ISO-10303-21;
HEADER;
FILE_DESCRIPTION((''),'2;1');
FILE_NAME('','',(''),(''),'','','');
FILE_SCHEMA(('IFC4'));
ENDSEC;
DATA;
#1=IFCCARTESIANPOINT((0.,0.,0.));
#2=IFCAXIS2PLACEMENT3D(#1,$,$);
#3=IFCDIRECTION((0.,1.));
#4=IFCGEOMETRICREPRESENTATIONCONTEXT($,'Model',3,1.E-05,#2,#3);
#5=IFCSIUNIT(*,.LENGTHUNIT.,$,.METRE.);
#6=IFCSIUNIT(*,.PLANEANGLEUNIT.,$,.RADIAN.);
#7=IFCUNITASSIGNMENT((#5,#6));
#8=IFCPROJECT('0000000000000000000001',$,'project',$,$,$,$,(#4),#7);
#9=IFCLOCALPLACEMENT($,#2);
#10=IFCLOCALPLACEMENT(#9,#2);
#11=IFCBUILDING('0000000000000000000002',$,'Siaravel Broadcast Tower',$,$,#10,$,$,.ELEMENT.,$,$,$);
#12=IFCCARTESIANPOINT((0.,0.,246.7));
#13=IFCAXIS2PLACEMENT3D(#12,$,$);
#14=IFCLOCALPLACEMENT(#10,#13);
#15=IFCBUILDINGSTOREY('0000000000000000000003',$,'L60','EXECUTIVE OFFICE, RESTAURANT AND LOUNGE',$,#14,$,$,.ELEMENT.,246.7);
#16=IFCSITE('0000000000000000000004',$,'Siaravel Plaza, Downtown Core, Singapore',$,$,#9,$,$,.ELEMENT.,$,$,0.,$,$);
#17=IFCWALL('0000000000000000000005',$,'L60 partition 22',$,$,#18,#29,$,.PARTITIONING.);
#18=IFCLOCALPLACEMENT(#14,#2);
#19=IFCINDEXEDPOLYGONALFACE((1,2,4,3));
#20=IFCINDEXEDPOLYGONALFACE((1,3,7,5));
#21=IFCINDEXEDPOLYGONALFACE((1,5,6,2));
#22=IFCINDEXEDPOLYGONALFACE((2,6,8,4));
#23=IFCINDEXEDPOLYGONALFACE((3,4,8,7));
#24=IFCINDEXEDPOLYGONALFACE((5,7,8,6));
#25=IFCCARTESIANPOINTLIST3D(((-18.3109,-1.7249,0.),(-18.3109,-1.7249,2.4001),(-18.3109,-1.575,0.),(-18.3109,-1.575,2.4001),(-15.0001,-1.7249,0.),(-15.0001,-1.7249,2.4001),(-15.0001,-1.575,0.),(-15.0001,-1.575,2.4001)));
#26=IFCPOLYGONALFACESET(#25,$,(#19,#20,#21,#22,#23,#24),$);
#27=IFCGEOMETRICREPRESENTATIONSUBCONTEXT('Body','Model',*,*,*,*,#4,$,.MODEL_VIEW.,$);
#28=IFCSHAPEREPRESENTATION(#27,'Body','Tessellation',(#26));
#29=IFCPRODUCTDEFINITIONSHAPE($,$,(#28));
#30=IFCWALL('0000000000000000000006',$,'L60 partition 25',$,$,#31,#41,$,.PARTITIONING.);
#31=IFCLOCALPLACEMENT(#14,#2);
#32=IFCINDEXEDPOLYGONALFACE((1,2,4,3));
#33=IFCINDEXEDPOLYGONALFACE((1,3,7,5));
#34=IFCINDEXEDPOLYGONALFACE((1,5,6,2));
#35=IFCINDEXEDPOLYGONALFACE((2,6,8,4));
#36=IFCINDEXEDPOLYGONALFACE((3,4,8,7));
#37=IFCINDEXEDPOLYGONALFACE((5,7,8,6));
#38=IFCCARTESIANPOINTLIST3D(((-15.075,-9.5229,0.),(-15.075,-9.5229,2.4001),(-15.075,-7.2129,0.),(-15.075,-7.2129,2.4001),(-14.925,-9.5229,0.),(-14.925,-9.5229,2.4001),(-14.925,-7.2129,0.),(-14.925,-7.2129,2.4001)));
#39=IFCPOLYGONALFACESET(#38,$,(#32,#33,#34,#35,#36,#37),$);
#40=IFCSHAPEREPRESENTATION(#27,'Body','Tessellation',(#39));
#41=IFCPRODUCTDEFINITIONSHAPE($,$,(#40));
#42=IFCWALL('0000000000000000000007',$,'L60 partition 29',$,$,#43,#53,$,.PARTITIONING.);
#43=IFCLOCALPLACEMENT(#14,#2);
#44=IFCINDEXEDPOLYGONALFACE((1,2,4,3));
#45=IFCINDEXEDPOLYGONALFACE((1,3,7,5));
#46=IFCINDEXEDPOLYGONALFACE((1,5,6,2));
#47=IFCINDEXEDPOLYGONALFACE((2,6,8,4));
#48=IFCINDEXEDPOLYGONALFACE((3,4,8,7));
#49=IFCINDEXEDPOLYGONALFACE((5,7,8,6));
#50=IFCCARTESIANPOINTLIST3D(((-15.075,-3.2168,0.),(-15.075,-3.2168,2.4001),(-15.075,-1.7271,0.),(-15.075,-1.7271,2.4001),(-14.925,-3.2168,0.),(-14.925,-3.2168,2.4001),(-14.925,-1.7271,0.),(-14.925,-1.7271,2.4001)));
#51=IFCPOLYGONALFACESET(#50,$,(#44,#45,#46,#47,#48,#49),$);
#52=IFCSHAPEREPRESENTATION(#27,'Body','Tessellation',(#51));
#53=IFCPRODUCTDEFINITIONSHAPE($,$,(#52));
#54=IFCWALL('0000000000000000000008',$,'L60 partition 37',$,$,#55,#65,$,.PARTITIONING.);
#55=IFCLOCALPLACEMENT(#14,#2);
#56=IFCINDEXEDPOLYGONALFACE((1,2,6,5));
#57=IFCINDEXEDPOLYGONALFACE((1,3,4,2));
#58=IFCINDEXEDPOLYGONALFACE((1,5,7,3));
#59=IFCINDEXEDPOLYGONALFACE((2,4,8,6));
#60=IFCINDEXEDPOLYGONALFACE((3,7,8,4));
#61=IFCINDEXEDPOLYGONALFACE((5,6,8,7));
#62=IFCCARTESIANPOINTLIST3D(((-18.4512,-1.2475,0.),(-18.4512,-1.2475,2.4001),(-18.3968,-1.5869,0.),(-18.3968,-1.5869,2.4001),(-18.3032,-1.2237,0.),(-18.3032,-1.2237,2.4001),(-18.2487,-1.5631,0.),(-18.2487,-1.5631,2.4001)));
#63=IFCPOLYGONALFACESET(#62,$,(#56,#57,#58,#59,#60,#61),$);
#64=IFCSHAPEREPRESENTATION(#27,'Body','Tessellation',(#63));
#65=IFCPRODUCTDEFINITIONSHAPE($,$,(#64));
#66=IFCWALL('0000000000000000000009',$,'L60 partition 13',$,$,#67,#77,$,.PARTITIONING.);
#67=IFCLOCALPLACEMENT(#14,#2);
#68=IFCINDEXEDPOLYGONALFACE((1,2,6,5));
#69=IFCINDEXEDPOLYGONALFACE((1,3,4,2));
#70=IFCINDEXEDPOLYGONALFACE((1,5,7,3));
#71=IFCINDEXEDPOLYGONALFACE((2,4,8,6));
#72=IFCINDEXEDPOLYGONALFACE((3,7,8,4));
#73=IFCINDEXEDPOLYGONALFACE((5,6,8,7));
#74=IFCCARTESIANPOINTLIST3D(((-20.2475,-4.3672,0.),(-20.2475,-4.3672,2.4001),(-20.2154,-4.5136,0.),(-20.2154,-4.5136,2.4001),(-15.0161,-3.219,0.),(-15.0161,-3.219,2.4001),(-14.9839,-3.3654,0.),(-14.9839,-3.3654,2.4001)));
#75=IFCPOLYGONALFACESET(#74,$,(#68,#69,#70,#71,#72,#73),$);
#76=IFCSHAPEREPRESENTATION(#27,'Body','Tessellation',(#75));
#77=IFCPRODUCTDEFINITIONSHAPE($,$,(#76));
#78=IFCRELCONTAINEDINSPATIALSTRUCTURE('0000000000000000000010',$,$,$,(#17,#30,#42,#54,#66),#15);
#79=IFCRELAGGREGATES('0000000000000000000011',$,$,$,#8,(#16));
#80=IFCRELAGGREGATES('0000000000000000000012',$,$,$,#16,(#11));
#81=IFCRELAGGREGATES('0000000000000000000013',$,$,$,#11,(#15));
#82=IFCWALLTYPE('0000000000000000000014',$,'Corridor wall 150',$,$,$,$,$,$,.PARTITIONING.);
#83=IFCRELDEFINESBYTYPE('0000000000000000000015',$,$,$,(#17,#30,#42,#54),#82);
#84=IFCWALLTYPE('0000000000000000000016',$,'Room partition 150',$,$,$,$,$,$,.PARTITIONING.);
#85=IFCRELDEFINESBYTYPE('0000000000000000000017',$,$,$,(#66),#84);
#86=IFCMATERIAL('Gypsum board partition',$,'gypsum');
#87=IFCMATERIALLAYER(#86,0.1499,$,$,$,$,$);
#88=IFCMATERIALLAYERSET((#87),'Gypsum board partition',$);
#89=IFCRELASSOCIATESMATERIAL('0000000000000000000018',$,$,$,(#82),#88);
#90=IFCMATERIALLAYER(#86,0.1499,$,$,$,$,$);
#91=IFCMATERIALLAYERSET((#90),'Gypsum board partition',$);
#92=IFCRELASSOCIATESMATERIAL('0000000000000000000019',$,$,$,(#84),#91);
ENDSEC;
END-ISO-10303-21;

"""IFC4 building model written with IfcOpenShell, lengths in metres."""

from ifc_helpers import new_model, si_unit, direction, frame, frame_2d, origin, place, context, subcontext, project, spatial, rectangle, extrude, material, layer, layer_set, type_object, element, save


model = new_model("IFC4")

# Units and contexts
model_context = context("Model", 3, precision=1e-05, world=origin(), true_north=direction((0.0, 1.0)))
body_context = subcontext(model_context, "Body", "Model", "MODEL_VIEW")
ifc_project = project(units=[si_unit("LENGTHUNIT", "METRE"), si_unit("PLANEANGLEUNIT", "RADIAN")], contexts=[model_context])

# Site, building, storey
site_placement = place(None, origin())
site = spatial("IfcSite", under=ifc_project, at=site_placement, Name="Siaravel Plaza, Downtown Core, Singapore", CompositionType="ELEMENT", RefElevation=0.0)
building_placement = place(site_placement, origin())
building = spatial("IfcBuilding", under=site, at=building_placement, Name="Siaravel Broadcast Tower", CompositionType="ELEMENT")
storey_placement = place(building_placement, frame((0.0, 0.0, 246.7)))
storey = spatial("IfcBuildingStorey", under=building, at=storey_placement, Name="L60", Description="EXECUTIVE OFFICE, RESTAURANT AND LOUNGE", CompositionType="ELEMENT", Elevation=246.7)

# Shared definitions
ifc_material_1 = material(Name="Gypsum board partition", Category="gypsum")
ifc_layer_1 = layer(ifc_material_1, 0.1499)
ifc_layer_set_1 = layer_set([ifc_layer_1], Name="Gypsum board partition")
wall_type_1 = type_object("IfcWallType", Name="Corridor wall 150", PredefinedType="PARTITIONING", material=ifc_layer_set_1)

# Walls
wall_1_placement = place(storey_placement, frame((-18.3108, -1.6499, 0.0), z_axis=(0.0, 0.0, 1.0), x_axis=(1.0, 0.0, 0.0)))
element("IfcWall", 1, at=wall_1_placement, inside=storey, type_object=wall_type_1, Name="L60 partition 22", PredefinedType="PARTITIONING", context=body_context, shape_type="SweptSolid", body=[
    extrude(rectangle(XDim=3.3108, YDim=0.1499, at=frame_2d((1.6553, 0.0))), origin(), (0.0, 0.0, 1.0), 2.4001),
])
wall_2_placement = place(storey_placement, frame((-15.0, -7.2129, 0.0), z_axis=(0.0, 0.0, 1.0), x_axis=(0.0, -1.0, 0.0)))
element("IfcWall", 2, at=wall_2_placement, inside=storey, type_object=wall_type_1, Name="L60 partition 25", PredefinedType="PARTITIONING", context=body_context, shape_type="SweptSolid", body=[
    extrude(rectangle(XDim=2.3101, YDim=0.1499, at=frame_2d((1.155, 0.0))), origin(), (0.0, 0.0, 1.0), 2.4001),
])
wall_3_placement = place(storey_placement, frame((-15.0, -1.7271, 0.0), z_axis=(0.0, 0.0, 1.0), x_axis=(0.0, -1.0, 0.0)))
element("IfcWall", 3, at=wall_3_placement, inside=storey, type_object=wall_type_1, Name="L60 partition 29", PredefinedType="PARTITIONING", context=body_context, shape_type="SweptSolid", body=[
    extrude(rectangle(XDim=1.4897, YDim=0.1499, at=frame_2d((0.7449, 0.0))), origin(), (0.0, 0.0, 1.0), 2.4001),
])
wall_4_placement = place(storey_placement, frame((-18.3772, -1.2356, 0.0), z_axis=(0.0, 0.0, 1.0), x_axis=(0.158406, -0.987374, 0.0)))
element("IfcWall", 4, at=wall_4_placement, inside=storey, type_object=wall_type_1, Name="L60 partition 37", PredefinedType="PARTITIONING", context=body_context, shape_type="SweptSolid", body=[
    extrude(rectangle(XDim=0.3438, YDim=0.1499, at=frame_2d((0.1719, 0.0))), origin(), (0.0, 0.0, 1.0), 2.4001),
])
ifc_layer_2 = layer(ifc_material_1, 0.1499)
ifc_layer_set_2 = layer_set([ifc_layer_2], Name="Gypsum board partition")
wall_type_2 = type_object("IfcWallType", Name="Room partition 150", PredefinedType="PARTITIONING", material=ifc_layer_set_2)
wall_5_placement = place(storey_placement, frame((-20.2314, -4.4404, 0.0), z_axis=(0.0, 0.0, 1.0), x_axis=(0.976751, 0.214377, 0.0)))
element("IfcWall", 5, at=wall_5_placement, inside=storey, type_object=wall_type_2, Name="L60 partition 13", PredefinedType="PARTITIONING", context=body_context, shape_type="SweptSolid", body=[
    extrude(rectangle(XDim=5.356, YDim=0.1499, at=frame_2d((2.678, 0.0))), origin(), (0.0, 0.0, 1.0), 2.4001),
])

save(model, "model.ifc")
